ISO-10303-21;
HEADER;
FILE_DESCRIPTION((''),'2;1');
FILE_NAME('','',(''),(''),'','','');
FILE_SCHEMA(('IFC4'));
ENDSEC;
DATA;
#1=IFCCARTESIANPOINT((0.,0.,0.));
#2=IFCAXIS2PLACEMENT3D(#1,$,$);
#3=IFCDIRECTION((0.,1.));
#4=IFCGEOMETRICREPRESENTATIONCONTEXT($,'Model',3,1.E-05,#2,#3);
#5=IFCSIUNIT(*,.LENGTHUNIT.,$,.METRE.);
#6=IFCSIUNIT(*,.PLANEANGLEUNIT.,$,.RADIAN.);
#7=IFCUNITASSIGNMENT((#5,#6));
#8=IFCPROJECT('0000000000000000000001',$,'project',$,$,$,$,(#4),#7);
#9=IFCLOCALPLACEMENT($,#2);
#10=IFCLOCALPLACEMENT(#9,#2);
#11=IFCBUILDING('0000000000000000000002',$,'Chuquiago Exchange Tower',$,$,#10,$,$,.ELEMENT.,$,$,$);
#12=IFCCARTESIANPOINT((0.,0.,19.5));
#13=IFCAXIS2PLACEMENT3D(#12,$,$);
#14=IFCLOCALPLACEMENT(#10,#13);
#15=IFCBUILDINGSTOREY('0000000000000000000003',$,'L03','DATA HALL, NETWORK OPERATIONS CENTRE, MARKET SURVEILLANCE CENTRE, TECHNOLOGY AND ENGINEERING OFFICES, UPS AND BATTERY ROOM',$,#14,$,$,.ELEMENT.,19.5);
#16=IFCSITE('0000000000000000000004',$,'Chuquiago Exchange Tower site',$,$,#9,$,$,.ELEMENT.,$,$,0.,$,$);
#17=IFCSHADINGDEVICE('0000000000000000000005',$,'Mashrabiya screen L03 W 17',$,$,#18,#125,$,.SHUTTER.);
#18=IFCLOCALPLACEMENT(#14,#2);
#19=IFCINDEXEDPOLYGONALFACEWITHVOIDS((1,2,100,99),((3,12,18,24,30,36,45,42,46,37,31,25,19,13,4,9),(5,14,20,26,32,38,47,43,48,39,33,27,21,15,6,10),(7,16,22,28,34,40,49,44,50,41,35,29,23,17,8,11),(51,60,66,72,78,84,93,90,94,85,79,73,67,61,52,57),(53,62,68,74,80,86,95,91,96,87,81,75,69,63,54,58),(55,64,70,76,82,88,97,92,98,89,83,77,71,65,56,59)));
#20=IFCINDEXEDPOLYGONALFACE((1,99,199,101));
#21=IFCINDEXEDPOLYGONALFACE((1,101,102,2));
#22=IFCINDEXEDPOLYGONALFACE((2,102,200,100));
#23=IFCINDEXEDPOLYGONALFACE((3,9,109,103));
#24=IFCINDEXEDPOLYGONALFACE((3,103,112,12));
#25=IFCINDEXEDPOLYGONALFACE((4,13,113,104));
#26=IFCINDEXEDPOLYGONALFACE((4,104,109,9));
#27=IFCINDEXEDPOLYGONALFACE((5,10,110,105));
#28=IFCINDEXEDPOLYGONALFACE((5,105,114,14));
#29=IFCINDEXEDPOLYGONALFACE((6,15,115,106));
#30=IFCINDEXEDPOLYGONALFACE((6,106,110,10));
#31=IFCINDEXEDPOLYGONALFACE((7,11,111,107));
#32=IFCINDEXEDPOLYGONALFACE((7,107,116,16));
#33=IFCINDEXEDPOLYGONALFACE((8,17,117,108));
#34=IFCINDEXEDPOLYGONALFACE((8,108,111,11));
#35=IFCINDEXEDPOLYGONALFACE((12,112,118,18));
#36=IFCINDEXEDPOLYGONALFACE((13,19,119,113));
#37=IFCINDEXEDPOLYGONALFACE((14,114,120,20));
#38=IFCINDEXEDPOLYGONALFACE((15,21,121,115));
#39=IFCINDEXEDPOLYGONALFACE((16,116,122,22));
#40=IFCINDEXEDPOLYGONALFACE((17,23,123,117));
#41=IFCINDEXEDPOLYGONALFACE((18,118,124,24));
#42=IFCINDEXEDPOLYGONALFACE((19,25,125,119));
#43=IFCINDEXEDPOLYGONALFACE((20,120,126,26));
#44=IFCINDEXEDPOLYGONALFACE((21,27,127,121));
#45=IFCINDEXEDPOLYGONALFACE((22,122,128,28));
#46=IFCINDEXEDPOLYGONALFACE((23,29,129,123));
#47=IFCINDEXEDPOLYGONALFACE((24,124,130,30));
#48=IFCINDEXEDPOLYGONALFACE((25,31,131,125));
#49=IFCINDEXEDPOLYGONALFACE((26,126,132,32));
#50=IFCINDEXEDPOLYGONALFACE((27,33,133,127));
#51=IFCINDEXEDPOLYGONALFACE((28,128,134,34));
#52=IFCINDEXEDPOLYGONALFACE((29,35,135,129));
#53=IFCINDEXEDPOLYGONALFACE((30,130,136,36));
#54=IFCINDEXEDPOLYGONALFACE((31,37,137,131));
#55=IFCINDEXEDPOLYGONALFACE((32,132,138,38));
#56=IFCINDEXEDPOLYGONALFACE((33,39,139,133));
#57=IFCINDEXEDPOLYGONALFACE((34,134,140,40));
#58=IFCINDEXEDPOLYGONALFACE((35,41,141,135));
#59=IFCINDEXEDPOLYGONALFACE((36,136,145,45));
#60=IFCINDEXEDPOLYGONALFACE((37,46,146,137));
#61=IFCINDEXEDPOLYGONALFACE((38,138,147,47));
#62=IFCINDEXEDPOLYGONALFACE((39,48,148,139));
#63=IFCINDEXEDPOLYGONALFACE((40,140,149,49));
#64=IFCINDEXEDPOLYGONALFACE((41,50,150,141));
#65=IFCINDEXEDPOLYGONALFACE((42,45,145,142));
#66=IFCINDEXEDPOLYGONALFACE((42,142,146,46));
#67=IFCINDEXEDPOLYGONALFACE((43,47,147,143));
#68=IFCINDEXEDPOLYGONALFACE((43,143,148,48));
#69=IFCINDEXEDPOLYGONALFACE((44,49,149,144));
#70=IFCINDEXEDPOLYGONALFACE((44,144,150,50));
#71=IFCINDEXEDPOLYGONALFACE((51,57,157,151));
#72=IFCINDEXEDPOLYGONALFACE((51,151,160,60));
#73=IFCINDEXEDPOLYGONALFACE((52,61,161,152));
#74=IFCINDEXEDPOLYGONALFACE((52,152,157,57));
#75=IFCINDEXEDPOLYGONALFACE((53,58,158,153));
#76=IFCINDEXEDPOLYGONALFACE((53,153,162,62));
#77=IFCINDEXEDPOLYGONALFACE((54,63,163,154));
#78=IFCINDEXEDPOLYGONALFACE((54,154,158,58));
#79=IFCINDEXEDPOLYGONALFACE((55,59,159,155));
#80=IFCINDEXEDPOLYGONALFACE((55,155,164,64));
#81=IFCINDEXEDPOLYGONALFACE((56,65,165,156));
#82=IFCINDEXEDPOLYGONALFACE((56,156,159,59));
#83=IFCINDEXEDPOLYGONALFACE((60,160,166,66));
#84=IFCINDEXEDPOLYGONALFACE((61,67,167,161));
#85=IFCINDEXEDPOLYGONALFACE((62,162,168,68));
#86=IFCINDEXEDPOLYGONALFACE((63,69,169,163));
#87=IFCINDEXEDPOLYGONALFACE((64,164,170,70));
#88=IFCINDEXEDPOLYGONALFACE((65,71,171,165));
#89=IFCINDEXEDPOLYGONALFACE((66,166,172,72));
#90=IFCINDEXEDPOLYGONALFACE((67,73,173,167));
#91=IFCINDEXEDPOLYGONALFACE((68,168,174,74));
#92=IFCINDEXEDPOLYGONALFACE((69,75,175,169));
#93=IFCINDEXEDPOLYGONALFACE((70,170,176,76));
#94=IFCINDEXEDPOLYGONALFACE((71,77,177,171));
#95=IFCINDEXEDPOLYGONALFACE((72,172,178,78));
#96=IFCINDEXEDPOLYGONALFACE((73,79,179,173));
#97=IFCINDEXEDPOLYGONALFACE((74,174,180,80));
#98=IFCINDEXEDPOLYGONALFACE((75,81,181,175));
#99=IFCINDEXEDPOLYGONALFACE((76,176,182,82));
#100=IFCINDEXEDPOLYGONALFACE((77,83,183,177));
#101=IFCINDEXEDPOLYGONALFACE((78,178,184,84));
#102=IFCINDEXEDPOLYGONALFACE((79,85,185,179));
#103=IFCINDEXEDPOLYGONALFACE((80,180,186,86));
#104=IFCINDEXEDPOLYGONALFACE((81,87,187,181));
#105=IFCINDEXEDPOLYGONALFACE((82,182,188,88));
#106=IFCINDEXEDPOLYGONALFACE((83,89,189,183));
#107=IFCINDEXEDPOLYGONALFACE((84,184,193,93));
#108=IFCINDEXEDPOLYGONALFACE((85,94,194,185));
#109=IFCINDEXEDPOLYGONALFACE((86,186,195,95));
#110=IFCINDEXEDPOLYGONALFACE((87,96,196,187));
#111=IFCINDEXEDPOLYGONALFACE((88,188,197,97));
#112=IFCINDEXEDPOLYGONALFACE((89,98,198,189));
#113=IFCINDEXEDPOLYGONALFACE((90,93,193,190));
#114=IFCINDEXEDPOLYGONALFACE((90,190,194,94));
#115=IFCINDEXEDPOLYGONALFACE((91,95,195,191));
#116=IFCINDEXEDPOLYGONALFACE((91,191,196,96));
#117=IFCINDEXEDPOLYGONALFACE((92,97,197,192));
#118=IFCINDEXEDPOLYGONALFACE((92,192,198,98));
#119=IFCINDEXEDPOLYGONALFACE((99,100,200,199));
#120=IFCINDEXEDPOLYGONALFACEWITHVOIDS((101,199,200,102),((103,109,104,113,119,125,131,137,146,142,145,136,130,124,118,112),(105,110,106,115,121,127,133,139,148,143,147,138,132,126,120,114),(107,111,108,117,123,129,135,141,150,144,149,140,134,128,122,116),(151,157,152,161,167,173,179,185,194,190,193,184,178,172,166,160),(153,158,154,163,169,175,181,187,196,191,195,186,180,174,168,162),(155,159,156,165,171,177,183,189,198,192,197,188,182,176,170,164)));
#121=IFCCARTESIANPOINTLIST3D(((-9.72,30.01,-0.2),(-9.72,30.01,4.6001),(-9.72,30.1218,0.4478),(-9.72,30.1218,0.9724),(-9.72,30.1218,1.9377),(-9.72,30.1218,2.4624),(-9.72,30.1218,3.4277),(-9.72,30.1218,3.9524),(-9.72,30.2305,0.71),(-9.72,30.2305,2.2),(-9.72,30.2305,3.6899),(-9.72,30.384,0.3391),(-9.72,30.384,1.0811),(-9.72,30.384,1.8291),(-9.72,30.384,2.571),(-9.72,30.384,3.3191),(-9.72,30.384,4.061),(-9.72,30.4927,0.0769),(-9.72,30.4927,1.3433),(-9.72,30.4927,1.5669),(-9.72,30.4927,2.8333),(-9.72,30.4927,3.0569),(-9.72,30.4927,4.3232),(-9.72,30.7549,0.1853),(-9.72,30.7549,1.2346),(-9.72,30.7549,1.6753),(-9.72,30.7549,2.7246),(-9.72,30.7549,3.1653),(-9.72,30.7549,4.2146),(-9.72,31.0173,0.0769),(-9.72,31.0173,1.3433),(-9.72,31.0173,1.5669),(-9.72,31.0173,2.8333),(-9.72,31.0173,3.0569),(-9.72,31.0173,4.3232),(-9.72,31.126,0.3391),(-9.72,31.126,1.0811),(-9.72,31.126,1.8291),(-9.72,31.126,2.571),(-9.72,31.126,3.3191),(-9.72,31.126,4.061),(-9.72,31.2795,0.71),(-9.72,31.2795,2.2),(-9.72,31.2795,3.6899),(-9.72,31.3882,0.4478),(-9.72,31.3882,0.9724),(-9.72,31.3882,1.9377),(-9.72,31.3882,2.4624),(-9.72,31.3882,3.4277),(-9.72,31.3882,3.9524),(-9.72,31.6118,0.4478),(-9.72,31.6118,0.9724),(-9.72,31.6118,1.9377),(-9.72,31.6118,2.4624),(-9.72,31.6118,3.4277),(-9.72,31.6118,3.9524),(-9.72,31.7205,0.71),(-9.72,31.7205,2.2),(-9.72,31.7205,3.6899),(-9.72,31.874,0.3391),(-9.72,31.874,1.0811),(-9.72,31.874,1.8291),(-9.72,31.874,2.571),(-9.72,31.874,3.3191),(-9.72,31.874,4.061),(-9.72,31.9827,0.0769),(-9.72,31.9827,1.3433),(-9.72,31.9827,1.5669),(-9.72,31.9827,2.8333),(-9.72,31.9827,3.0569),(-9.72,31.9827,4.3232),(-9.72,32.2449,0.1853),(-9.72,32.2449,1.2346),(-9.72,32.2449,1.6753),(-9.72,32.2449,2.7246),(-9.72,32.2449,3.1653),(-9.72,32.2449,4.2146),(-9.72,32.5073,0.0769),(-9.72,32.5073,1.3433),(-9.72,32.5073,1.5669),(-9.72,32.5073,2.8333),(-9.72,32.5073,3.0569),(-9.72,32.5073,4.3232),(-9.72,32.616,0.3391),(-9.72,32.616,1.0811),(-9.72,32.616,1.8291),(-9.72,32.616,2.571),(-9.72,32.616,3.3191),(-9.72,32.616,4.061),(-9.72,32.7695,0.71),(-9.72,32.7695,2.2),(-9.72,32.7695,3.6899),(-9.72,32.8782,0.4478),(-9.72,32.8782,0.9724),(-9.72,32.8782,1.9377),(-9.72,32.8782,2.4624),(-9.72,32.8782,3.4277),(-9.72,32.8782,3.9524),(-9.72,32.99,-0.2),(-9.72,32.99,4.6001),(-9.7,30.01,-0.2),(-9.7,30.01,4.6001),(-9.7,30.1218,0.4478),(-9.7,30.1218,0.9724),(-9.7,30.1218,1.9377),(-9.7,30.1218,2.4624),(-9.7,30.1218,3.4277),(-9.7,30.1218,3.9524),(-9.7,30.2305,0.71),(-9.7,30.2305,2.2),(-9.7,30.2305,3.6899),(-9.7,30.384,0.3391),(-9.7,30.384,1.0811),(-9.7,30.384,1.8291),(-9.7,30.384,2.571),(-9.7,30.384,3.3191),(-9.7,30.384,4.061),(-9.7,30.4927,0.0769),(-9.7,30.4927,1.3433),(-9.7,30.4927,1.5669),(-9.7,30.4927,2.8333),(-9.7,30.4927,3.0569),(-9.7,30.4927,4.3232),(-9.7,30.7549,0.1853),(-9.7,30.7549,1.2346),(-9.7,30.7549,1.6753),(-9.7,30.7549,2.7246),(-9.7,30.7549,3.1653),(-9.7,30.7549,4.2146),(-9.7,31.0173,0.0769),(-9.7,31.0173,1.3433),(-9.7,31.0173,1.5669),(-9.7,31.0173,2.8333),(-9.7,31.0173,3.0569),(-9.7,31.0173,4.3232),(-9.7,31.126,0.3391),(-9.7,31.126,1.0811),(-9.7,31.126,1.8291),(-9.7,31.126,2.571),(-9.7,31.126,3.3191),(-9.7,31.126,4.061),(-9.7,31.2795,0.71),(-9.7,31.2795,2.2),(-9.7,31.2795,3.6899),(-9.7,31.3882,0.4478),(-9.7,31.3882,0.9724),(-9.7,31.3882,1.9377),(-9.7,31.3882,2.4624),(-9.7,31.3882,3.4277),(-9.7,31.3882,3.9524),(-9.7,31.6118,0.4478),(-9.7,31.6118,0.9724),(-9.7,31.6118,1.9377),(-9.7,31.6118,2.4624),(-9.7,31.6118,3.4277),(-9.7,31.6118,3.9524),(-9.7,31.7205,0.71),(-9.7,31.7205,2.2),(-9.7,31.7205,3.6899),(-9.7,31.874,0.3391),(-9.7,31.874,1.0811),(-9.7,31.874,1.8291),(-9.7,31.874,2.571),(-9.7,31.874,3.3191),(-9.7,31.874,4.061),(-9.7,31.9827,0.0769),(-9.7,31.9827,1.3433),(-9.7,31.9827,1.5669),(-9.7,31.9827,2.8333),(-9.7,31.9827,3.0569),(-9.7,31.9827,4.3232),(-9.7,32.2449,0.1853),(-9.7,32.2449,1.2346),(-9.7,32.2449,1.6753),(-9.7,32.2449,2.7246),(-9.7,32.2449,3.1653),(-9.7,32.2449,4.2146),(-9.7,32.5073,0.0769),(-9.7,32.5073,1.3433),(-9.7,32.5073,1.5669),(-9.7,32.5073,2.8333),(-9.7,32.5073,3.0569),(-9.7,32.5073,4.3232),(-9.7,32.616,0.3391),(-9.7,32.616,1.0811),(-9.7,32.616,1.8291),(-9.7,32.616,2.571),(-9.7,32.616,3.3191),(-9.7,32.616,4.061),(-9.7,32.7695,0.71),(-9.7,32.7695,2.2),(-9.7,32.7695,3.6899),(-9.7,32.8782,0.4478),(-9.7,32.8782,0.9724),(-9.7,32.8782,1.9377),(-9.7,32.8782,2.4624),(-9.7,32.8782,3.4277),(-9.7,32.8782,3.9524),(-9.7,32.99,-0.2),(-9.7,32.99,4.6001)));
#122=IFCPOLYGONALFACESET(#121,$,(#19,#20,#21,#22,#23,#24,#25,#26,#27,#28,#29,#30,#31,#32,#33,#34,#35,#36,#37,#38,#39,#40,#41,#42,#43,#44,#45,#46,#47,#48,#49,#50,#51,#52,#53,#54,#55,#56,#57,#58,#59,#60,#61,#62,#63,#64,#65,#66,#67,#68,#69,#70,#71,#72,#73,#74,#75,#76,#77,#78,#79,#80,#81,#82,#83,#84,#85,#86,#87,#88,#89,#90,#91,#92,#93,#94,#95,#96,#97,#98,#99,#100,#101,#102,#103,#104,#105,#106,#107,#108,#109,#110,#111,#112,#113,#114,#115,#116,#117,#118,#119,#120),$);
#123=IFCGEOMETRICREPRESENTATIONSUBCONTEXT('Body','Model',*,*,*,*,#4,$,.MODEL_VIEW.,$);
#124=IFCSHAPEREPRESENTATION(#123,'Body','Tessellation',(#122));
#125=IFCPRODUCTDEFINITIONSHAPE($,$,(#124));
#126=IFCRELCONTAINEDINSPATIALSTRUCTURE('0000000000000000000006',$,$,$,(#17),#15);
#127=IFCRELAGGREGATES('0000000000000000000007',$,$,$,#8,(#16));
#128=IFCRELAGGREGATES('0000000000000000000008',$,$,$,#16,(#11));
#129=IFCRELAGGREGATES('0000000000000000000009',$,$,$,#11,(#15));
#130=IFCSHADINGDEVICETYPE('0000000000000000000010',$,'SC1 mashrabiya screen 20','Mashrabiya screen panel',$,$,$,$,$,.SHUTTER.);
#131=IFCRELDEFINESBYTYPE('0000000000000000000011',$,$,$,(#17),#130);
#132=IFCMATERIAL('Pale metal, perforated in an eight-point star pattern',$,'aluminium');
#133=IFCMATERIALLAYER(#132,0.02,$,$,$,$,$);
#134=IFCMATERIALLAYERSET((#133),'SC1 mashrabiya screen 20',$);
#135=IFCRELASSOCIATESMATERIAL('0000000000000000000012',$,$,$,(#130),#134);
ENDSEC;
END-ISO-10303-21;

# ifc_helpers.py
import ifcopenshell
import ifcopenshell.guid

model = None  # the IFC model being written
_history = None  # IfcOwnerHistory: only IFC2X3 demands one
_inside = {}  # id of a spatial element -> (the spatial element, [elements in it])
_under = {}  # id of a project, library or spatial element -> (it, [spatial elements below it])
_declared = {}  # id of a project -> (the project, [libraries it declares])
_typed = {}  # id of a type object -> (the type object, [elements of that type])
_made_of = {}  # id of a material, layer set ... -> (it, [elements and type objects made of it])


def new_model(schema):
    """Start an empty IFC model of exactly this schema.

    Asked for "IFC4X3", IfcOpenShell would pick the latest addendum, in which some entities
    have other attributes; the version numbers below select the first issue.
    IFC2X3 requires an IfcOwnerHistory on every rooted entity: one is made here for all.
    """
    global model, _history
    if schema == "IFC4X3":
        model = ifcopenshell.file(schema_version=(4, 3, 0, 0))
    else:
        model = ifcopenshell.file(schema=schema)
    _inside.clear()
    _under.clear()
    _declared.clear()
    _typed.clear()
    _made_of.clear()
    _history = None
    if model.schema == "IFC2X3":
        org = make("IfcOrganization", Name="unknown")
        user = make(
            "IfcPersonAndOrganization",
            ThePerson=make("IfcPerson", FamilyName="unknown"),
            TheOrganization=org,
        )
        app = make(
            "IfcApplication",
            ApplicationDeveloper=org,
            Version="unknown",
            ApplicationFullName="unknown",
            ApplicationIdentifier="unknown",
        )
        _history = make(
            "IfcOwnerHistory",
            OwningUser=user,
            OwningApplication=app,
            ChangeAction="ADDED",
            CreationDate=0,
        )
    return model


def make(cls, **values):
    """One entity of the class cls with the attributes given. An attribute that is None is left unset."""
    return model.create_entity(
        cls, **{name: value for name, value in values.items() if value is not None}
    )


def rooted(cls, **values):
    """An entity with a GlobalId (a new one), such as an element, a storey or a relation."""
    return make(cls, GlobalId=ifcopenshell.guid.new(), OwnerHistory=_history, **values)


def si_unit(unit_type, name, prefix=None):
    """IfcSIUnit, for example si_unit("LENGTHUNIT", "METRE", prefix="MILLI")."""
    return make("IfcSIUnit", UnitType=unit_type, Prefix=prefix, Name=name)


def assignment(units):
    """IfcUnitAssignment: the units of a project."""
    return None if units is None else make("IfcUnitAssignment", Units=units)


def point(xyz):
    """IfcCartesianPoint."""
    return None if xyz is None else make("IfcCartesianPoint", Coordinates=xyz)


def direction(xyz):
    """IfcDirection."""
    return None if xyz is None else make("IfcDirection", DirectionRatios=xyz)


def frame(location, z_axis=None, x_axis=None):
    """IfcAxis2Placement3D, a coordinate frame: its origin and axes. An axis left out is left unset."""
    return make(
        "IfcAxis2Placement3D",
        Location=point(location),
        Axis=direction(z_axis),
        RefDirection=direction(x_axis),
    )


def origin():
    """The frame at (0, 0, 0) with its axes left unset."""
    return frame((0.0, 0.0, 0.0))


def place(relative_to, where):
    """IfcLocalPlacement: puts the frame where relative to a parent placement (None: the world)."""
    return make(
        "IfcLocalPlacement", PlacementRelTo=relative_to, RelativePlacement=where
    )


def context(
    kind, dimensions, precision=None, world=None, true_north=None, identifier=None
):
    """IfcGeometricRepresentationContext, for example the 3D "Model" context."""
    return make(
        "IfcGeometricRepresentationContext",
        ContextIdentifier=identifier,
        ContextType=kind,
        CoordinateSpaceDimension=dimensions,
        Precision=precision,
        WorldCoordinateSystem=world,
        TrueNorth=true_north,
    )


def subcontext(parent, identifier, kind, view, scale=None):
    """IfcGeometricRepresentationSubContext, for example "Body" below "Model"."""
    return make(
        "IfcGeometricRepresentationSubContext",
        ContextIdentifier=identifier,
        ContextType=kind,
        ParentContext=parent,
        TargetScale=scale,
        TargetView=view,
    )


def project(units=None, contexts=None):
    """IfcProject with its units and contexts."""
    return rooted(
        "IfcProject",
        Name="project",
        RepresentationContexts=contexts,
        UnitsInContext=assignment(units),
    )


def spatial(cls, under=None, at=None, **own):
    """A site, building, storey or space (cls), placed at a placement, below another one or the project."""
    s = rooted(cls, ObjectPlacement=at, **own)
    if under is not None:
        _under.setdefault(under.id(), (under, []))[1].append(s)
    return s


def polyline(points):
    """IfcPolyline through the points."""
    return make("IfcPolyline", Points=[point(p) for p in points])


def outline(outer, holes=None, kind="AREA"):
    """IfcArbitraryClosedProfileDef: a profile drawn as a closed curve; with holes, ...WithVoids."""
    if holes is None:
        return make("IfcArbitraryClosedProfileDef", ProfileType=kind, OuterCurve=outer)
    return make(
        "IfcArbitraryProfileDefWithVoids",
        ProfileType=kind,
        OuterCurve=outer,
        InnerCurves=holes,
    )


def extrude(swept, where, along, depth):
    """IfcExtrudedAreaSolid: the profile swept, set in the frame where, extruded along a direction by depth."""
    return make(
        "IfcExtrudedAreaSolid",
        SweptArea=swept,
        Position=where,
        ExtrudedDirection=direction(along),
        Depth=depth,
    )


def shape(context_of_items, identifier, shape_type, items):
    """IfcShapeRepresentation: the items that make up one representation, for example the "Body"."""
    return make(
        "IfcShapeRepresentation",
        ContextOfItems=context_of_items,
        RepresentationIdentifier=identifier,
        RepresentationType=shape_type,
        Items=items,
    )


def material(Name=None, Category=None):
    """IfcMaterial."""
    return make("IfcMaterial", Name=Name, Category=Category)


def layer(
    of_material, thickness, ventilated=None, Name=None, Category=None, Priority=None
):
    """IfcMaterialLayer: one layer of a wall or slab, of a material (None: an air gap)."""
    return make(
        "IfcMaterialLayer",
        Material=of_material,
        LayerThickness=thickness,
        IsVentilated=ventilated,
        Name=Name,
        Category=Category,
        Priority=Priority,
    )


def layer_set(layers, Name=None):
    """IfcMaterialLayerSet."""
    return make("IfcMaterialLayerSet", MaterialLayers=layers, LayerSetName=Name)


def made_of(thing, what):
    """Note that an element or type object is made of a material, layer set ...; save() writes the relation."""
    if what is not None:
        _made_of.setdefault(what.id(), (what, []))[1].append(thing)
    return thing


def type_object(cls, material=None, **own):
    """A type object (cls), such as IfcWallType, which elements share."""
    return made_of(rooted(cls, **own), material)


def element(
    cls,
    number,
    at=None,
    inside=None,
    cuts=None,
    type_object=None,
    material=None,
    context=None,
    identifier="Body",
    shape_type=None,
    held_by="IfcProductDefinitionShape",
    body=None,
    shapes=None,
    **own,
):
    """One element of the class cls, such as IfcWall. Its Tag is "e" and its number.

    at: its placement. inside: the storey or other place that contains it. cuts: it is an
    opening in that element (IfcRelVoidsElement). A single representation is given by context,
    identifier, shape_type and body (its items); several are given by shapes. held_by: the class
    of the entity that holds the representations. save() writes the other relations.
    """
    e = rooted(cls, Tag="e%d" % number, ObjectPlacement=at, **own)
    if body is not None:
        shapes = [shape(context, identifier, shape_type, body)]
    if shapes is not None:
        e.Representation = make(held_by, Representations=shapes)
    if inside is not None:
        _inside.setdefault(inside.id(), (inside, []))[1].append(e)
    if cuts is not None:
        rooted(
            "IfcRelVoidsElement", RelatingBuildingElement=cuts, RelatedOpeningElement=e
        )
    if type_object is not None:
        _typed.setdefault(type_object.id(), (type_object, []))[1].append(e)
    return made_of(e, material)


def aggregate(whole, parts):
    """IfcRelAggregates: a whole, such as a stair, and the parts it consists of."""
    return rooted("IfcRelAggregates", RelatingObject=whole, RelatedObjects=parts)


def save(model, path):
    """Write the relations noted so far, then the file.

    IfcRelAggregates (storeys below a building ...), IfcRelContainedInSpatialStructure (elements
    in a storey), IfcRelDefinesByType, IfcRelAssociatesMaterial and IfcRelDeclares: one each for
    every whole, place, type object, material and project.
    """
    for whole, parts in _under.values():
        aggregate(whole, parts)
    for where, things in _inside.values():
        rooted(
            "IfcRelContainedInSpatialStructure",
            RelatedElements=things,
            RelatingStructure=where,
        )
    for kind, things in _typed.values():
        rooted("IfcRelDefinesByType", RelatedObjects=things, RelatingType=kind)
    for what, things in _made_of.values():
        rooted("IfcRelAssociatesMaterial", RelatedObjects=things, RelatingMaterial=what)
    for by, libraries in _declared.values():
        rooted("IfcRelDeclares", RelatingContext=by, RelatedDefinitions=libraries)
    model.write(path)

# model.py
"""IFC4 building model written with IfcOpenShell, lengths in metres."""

from ifc_helpers import new_model, si_unit, direction, frame, origin, place, context, subcontext, project, spatial, polyline, outline, extrude, material, layer, layer_set, type_object, element, save


model = new_model("IFC4")

# Units and contexts
model_context = context("Model", 3, precision=1e-05, world=origin(), true_north=direction((0.0, 1.0)))
body_context = subcontext(model_context, "Body", "Model", "MODEL_VIEW")
ifc_project = project(units=[si_unit("LENGTHUNIT", "METRE"), si_unit("PLANEANGLEUNIT", "RADIAN")], contexts=[model_context])

# Site, building, storey
site_placement = place(None, origin())
site = spatial("IfcSite", under=ifc_project, at=site_placement, Name="Chuquiago Exchange Tower site", CompositionType="ELEMENT", RefElevation=0.0)
building_placement = place(site_placement, origin())
building = spatial("IfcBuilding", under=site, at=building_placement, Name="Chuquiago Exchange Tower", CompositionType="ELEMENT")
storey_placement = place(building_placement, frame((0.0, 0.0, 19.5)))
storey = spatial("IfcBuildingStorey", under=building, at=storey_placement, Name="L03", Description="DATA HALL, NETWORK OPERATIONS CENTRE, MARKET SURVEILLANCE CENTRE, TECHNOLOGY AND ENGINEERING OFFICES, UPS AND BATTERY ROOM", CompositionType="ELEMENT", Elevation=19.5)

# Shading device
ifc_material_1 = material(Name="Pale metal, perforated in an eight-point star pattern", Category="aluminium")
ifc_layer_1 = layer(ifc_material_1, 0.02)
ifc_layer_set_1 = layer_set([ifc_layer_1], Name="SC1 mashrabiya screen 20")
shading_device_type = type_object("IfcShadingDeviceType", Name="SC1 mashrabiya screen 20", Description="Mashrabiya screen panel", PredefinedType="SHUTTER", material=ifc_layer_set_1)
shading_device_1_placement = place(storey_placement, frame((-9.7, 32.99, -0.2), z_axis=(0.0, 0.0, 1.0), x_axis=(0.0, -1.0, 0.0)))
element("IfcShadingDevice", 1, at=shading_device_1_placement, inside=storey, type_object=shading_device_type, Name="Mashrabiya screen L03 W 17", PredefinedType="SHUTTER", context=body_context, shape_type="SweptSolid", body=[
    extrude(outline(polyline([(0.0, 0.0), (2.98, 0.0), (2.98, 4.8), (0.0, 4.8), (0.0, 0.0)]), holes=[polyline([(1.2695, 0.9099), (1.3782, 1.1724), (1.116, 1.281), (1.0073, 1.5432), (0.7451, 1.4346), (0.4827, 1.5432), (0.374, 1.281), (0.1118, 1.1724), (0.2205, 0.9099), (0.1118, 0.6477), (0.374, 0.5391), (0.4827, 0.2769), (0.7451, 0.3853), (1.0073, 0.2769), (1.116, 0.5391), (1.3782, 0.6477), (1.2695, 0.9099)]), polyline([(2.7595, 0.9099), (2.8682, 1.1724), (2.606, 1.281), (2.4973, 1.5432), (2.2351, 1.4346), (1.9727, 1.5432), (1.864, 1.281), (1.6018, 1.1724), (1.7104, 0.9099), (1.6018, 0.6477), (1.864, 0.5391), (1.9727, 0.2769), (2.2351, 0.3853), (2.4973, 0.2769), (2.606, 0.5391), (2.8682, 0.6477), (2.7595, 0.9099)]), polyline([(1.2695, 2.3999), (1.3782, 2.6624), (1.116, 2.771), (1.0073, 3.0332), (0.7451, 2.9246), (0.4827, 3.0332), (0.374, 2.771), (0.1118, 2.6624), (0.2205, 2.3999), (0.1118, 2.1377), (0.374, 2.0291), (0.4827, 1.7668), (0.7451, 1.8752), (1.0073, 1.7668), (1.116, 2.0291), (1.3782, 2.1377), (1.2695, 2.3999)]), polyline([(2.7595, 2.3999), (2.8682, 2.6624), (2.606, 2.771), (2.4973, 3.0332), (2.2351, 2.9246), (1.9727, 3.0332), (1.864, 2.771), (1.6018, 2.6624), (1.7104, 2.3999), (1.6018, 2.1377), (1.864, 2.0291), (1.9727, 1.7668), (2.2351, 1.8752), (2.4973, 1.7668), (2.606, 2.0291), (2.8682, 2.1377), (2.7595, 2.3999)]), polyline([(1.2695, 3.8899), (1.3782, 4.1523), (1.116, 4.261), (1.0073, 4.5232), (0.7451, 4.4146), (0.4827, 4.5232), (0.374, 4.261), (0.1118, 4.1523), (0.2205, 3.8899), (0.1118, 3.6277), (0.374, 3.519), (0.4827, 3.2568), (0.7451, 3.3652), (1.0073, 3.2568), (1.116, 3.519), (1.3782, 3.6277), (1.2695, 3.8899)]), polyline([(2.7595, 3.8899), (2.8682, 4.1523), (2.606, 4.261), (2.4973, 4.5232), (2.2351, 4.4146), (1.9727, 4.5232), (1.864, 4.261), (1.6018, 4.1523), (1.7104, 3.8899), (1.6018, 3.6277), (1.864, 3.519), (1.9727, 3.2568), (2.2351, 3.3652), (2.4973, 3.2568), (2.606, 3.519), (2.8682, 3.6277), (2.7595, 3.8899)])]), frame((0.0, 0.0, 0.0), z_axis=(0.0, -1.0, 0.0), x_axis=(1.0, 0.0, 0.0)), (0.0, 0.0, 1.0), 0.02),
])

save(model, "model.ifc")
